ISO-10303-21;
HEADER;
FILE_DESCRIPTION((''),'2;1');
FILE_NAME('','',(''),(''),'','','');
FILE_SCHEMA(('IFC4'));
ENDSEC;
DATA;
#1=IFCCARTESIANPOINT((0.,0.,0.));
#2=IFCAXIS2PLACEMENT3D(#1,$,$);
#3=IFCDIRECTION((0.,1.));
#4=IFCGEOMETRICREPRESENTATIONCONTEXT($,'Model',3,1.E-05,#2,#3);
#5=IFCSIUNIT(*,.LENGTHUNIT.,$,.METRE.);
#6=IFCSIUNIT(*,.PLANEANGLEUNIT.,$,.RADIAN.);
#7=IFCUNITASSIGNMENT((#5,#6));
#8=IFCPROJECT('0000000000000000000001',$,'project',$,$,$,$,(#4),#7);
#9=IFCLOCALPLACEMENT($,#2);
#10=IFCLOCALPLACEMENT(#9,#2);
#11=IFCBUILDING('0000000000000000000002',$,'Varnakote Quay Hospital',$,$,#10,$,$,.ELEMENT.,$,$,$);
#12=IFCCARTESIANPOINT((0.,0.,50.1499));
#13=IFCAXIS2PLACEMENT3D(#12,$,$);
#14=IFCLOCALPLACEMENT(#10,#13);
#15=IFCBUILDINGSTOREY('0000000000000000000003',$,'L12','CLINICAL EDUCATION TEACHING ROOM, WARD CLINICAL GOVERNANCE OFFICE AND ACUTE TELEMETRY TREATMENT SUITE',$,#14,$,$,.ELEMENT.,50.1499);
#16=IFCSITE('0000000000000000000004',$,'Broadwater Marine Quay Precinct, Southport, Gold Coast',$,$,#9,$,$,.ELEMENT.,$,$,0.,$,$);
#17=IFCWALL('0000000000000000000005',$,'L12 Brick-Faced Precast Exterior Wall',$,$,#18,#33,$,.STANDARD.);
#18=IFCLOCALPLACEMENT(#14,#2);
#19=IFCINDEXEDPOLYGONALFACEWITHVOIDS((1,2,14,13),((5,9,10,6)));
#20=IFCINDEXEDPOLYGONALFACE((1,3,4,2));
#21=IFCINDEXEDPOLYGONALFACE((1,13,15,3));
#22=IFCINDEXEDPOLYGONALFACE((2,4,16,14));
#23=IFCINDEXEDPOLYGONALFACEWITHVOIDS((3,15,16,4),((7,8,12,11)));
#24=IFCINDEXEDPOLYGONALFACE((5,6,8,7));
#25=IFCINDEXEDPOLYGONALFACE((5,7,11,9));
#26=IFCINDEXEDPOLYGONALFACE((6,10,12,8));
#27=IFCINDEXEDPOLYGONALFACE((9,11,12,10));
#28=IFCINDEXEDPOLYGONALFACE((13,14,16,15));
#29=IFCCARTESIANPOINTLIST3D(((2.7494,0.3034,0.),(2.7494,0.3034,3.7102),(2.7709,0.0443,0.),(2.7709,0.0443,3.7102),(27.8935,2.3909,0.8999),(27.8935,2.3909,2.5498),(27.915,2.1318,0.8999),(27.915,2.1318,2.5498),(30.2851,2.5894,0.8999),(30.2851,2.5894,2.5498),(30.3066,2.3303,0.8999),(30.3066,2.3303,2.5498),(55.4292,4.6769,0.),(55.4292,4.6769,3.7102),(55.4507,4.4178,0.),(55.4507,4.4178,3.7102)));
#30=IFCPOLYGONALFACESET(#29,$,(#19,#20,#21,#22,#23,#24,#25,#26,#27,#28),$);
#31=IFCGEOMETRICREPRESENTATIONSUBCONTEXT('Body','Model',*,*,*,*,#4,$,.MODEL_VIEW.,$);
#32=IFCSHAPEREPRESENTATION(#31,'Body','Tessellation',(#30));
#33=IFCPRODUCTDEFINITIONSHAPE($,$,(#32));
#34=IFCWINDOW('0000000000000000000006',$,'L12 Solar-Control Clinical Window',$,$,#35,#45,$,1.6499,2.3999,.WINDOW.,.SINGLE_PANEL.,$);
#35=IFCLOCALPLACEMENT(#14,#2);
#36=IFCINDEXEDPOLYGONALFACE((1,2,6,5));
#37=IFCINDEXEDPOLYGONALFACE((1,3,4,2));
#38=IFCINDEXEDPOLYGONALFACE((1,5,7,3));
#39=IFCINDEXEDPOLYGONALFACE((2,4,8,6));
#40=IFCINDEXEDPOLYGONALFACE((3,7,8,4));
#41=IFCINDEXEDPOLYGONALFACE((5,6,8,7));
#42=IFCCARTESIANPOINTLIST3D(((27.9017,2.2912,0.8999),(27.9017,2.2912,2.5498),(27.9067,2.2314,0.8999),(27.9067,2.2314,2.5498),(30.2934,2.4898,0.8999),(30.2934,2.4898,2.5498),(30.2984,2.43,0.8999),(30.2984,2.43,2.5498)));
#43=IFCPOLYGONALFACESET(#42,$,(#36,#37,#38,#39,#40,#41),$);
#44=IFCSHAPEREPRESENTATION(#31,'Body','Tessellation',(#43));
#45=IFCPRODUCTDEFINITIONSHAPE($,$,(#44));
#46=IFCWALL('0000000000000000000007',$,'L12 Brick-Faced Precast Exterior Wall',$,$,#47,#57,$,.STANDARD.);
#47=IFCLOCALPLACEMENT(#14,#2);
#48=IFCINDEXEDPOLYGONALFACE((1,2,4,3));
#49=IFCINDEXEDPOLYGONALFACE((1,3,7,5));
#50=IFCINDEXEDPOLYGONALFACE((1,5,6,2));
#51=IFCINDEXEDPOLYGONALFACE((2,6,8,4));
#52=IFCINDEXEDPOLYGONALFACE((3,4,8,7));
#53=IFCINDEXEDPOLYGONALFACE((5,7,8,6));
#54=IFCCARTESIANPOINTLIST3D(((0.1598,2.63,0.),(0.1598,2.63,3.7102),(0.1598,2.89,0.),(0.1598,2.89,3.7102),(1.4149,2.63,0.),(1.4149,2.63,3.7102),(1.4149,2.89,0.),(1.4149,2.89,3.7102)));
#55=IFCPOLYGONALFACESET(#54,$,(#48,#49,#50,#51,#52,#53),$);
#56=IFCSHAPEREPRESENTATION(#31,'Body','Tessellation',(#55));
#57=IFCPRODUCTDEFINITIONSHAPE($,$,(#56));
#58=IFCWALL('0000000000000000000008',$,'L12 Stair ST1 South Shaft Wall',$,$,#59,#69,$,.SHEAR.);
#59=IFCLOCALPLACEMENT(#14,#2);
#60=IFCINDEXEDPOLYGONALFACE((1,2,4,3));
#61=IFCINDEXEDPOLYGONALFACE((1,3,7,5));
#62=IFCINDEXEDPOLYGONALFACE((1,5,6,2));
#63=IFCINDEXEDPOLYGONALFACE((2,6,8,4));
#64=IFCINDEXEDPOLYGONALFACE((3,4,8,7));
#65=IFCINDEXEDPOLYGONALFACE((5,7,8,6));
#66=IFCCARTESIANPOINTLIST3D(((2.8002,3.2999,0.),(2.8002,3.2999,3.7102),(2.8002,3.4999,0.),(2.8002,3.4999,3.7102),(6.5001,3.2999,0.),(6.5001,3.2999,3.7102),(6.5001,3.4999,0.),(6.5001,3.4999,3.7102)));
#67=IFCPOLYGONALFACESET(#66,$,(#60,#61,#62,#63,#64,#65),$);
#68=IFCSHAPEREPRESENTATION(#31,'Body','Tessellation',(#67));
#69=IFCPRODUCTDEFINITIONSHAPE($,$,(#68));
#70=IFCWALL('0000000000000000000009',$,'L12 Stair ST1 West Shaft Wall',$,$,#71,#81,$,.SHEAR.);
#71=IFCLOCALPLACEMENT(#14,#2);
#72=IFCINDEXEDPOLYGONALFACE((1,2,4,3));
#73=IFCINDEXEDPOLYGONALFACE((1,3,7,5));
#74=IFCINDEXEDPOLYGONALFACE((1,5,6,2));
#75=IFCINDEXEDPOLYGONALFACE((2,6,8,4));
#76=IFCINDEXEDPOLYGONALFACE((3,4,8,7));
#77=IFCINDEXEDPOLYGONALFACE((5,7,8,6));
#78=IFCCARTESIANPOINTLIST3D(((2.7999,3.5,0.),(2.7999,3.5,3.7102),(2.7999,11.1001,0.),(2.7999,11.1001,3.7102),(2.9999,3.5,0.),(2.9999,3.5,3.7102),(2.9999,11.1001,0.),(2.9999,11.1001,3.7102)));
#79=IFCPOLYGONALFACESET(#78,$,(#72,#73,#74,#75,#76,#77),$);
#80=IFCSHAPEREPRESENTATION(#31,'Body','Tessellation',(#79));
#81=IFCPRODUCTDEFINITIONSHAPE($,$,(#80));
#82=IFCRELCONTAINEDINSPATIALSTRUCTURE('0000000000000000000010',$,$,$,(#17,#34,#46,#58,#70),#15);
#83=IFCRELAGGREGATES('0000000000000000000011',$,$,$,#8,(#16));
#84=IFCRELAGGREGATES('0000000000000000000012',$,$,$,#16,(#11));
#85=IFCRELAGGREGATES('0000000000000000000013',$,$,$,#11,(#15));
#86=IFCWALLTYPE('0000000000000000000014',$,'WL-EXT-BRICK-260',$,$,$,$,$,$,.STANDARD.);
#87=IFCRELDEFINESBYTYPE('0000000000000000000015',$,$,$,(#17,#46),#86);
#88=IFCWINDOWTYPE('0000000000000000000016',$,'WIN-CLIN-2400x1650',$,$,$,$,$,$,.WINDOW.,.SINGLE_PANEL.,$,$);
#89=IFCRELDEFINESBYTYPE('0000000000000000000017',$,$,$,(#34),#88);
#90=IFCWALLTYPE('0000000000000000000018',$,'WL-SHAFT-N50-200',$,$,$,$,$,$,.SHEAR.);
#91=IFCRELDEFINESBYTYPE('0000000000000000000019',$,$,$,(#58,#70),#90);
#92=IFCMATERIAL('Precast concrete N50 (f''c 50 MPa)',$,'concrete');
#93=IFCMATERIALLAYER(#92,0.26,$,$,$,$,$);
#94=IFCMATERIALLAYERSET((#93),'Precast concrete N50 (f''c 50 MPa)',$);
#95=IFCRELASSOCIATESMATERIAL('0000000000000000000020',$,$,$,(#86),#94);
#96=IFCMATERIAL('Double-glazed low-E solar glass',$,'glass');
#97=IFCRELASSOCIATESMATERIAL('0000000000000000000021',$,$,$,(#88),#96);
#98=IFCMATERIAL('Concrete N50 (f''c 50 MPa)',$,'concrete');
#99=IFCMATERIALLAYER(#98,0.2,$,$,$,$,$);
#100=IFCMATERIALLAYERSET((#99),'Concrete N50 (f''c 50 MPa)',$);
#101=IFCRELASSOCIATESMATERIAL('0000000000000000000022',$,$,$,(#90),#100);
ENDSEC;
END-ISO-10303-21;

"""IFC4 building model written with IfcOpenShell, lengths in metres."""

from ifc_helpers import new_model, si_unit, direction, frame, frame_2d, origin, place, context, subcontext, project, spatial, rectangle, extrude, material, layer, layer_set, type_object, element, fill, save


model = new_model("IFC4")

# Units and contexts
model_context = context("Model", 3, precision=1e-05, world=origin(), true_north=direction((0.0, 1.0)))
body_context = subcontext(model_context, "Body", "Model", "MODEL_VIEW")
ifc_project = project(units=[si_unit("LENGTHUNIT", "METRE"), si_unit("PLANEANGLEUNIT", "RADIAN")], contexts=[model_context])

# Site, building, storey
site_placement = place(None, origin())
site = spatial("IfcSite", under=ifc_project, at=site_placement, Name="Broadwater Marine Quay Precinct, Southport, Gold Coast", CompositionType="ELEMENT", RefElevation=0.0)
building_placement = place(site_placement, origin())
building = spatial("IfcBuilding", under=site, at=building_placement, Name="Varnakote Quay Hospital", CompositionType="ELEMENT")
storey_placement = place(building_placement, frame((0.0, 0.0, 50.1499)))
storey = spatial("IfcBuildingStorey", under=building, at=storey_placement, Name="L12", Description="CLINICAL EDUCATION TEACHING ROOM, WARD CLINICAL GOVERNANCE OFFICE AND ACUTE TELEMETRY TREATMENT SUITE", CompositionType="ELEMENT", Elevation=50.1499)

# Shared definitions
ifc_material_1 = material(Name="Precast concrete N50 (f'c 50 MPa)", Category="concrete")
ifc_layer_1 = layer(ifc_material_1, 0.26)
ifc_layer_set_1 = layer_set([ifc_layer_1], Name="Precast concrete N50 (f'c 50 MPa)")
wall_type_1 = type_object("IfcWallType", Name="WL-EXT-BRICK-260", PredefinedType="STANDARD", material=ifc_layer_set_1)

# Wall, opening, window
wall_1_placement = place(storey_placement, frame((2.76, 0.1738, 0.0), z_axis=(0.0, 0.0, 1.0), x_axis=(0.996571, 0.082736, 0.0)))
wall_1 = element("IfcWall", 1, at=wall_1_placement, inside=storey, type_object=wall_type_1, Name="L12 Brick-Faced Precast Exterior Wall", PredefinedType="STANDARD", context=body_context, shape_type="SweptSolid", body=[
    extrude(rectangle(XDim=52.8611, YDim=0.26, at=frame_2d((26.4307, 0.0))), origin(), (0.0, 0.0, 1.0), 3.7102),
])
opening_1_placement = place(wall_1_placement, frame((25.2307, 0.0, 0.8999)))
opening_1 = element("IfcOpeningElement", 2, at=opening_1_placement, cuts=wall_1, PredefinedType="OPENING", context=body_context, shape_type="SweptSolid", body=[
    extrude(rectangle(XDim=2.3999, YDim=1.6499, at=frame_2d((1.2, 0.825))), frame((0.0, 0.1399, 0.0), z_axis=(0.0, -1.0, 0.0), x_axis=(1.0, 0.0, 0.0)), (0.0, 0.0, 1.0), 0.28),
])
ifc_material_2 = material(Name="Double-glazed low-E solar glass", Category="glass")
window_type = type_object("IfcWindowType", Name="WIN-CLIN-2400x1650", PartitioningType="SINGLE_PANEL", PredefinedType="WINDOW", material=ifc_material_2)
window_placement = place(opening_1_placement, origin())
window = element("IfcWindow", 3, at=window_placement, inside=storey, type_object=window_type, Name="L12 Solar-Control Clinical Window", OverallHeight=1.6499, OverallWidth=2.3999, PartitioningType="SINGLE_PANEL", PredefinedType="WINDOW", context=body_context, shape_type="SweptSolid", body=[
    extrude(rectangle(XDim=2.3999, YDim=1.6499, at=frame_2d((1.2, 0.825))), frame((0.0, 0.03, 0.0), z_axis=(0.0, -1.0, 0.0), x_axis=(1.0, 0.0, 0.0)), (0.0, 0.0, 1.0), 0.0601),
])
fill(opening_1, window)

# Walls
wall_2_placement = place(storey_placement, frame((0.1599, 2.76, 0.0), z_axis=(0.0, 0.0, 1.0), x_axis=(1.0, 0.0, 0.0)))
element("IfcWall", 4, at=wall_2_placement, inside=storey, type_object=wall_type_1, Name="L12 Brick-Faced Precast Exterior Wall", PredefinedType="STANDARD", context=body_context, shape_type="SweptSolid", body=[
    extrude(rectangle(XDim=1.2551, YDim=0.26, at=frame_2d((0.6274, 0.0))), origin(), (0.0, 0.0, 1.0), 3.7102),
])
ifc_material_3 = material(Name="Concrete N50 (f'c 50 MPa)", Category="concrete")
ifc_layer_2 = layer(ifc_material_3, 0.2)
ifc_layer_set_2 = layer_set([ifc_layer_2], Name="Concrete N50 (f'c 50 MPa)")
wall_type_2 = type_object("IfcWallType", Name="WL-SHAFT-N50-200", PredefinedType="SHEAR", material=ifc_layer_set_2)
wall_3_placement = place(storey_placement, frame((2.8, 3.3999, 0.0), z_axis=(0.0, 0.0, 1.0), x_axis=(1.0, 0.0, 0.0)))
element("IfcWall", 5, at=wall_3_placement, inside=storey, type_object=wall_type_2, Name="L12 Stair ST1 South Shaft Wall", PredefinedType="SHEAR", context=body_context, shape_type="SweptSolid", body=[
    extrude(rectangle(XDim=3.7, YDim=0.2, at=frame_2d((1.8501, 0.0))), origin(), (0.0, 0.0, 1.0), 3.7102),
])
wall_4_placement = place(storey_placement, frame((2.8999, 3.5, 0.0), z_axis=(0.0, 0.0, 1.0), x_axis=(0.0, 1.0, 0.0)))
element("IfcWall", 6, at=wall_4_placement, inside=storey, type_object=wall_type_2, Name="L12 Stair ST1 West Shaft Wall", PredefinedType="SHEAR", context=body_context, shape_type="SweptSolid", body=[
    extrude(rectangle(XDim=7.6001, YDim=0.2, at=frame_2d((3.8, 0.0))), origin(), (0.0, 0.0, 1.0), 3.7102),
])

save(model, "model.ifc")
